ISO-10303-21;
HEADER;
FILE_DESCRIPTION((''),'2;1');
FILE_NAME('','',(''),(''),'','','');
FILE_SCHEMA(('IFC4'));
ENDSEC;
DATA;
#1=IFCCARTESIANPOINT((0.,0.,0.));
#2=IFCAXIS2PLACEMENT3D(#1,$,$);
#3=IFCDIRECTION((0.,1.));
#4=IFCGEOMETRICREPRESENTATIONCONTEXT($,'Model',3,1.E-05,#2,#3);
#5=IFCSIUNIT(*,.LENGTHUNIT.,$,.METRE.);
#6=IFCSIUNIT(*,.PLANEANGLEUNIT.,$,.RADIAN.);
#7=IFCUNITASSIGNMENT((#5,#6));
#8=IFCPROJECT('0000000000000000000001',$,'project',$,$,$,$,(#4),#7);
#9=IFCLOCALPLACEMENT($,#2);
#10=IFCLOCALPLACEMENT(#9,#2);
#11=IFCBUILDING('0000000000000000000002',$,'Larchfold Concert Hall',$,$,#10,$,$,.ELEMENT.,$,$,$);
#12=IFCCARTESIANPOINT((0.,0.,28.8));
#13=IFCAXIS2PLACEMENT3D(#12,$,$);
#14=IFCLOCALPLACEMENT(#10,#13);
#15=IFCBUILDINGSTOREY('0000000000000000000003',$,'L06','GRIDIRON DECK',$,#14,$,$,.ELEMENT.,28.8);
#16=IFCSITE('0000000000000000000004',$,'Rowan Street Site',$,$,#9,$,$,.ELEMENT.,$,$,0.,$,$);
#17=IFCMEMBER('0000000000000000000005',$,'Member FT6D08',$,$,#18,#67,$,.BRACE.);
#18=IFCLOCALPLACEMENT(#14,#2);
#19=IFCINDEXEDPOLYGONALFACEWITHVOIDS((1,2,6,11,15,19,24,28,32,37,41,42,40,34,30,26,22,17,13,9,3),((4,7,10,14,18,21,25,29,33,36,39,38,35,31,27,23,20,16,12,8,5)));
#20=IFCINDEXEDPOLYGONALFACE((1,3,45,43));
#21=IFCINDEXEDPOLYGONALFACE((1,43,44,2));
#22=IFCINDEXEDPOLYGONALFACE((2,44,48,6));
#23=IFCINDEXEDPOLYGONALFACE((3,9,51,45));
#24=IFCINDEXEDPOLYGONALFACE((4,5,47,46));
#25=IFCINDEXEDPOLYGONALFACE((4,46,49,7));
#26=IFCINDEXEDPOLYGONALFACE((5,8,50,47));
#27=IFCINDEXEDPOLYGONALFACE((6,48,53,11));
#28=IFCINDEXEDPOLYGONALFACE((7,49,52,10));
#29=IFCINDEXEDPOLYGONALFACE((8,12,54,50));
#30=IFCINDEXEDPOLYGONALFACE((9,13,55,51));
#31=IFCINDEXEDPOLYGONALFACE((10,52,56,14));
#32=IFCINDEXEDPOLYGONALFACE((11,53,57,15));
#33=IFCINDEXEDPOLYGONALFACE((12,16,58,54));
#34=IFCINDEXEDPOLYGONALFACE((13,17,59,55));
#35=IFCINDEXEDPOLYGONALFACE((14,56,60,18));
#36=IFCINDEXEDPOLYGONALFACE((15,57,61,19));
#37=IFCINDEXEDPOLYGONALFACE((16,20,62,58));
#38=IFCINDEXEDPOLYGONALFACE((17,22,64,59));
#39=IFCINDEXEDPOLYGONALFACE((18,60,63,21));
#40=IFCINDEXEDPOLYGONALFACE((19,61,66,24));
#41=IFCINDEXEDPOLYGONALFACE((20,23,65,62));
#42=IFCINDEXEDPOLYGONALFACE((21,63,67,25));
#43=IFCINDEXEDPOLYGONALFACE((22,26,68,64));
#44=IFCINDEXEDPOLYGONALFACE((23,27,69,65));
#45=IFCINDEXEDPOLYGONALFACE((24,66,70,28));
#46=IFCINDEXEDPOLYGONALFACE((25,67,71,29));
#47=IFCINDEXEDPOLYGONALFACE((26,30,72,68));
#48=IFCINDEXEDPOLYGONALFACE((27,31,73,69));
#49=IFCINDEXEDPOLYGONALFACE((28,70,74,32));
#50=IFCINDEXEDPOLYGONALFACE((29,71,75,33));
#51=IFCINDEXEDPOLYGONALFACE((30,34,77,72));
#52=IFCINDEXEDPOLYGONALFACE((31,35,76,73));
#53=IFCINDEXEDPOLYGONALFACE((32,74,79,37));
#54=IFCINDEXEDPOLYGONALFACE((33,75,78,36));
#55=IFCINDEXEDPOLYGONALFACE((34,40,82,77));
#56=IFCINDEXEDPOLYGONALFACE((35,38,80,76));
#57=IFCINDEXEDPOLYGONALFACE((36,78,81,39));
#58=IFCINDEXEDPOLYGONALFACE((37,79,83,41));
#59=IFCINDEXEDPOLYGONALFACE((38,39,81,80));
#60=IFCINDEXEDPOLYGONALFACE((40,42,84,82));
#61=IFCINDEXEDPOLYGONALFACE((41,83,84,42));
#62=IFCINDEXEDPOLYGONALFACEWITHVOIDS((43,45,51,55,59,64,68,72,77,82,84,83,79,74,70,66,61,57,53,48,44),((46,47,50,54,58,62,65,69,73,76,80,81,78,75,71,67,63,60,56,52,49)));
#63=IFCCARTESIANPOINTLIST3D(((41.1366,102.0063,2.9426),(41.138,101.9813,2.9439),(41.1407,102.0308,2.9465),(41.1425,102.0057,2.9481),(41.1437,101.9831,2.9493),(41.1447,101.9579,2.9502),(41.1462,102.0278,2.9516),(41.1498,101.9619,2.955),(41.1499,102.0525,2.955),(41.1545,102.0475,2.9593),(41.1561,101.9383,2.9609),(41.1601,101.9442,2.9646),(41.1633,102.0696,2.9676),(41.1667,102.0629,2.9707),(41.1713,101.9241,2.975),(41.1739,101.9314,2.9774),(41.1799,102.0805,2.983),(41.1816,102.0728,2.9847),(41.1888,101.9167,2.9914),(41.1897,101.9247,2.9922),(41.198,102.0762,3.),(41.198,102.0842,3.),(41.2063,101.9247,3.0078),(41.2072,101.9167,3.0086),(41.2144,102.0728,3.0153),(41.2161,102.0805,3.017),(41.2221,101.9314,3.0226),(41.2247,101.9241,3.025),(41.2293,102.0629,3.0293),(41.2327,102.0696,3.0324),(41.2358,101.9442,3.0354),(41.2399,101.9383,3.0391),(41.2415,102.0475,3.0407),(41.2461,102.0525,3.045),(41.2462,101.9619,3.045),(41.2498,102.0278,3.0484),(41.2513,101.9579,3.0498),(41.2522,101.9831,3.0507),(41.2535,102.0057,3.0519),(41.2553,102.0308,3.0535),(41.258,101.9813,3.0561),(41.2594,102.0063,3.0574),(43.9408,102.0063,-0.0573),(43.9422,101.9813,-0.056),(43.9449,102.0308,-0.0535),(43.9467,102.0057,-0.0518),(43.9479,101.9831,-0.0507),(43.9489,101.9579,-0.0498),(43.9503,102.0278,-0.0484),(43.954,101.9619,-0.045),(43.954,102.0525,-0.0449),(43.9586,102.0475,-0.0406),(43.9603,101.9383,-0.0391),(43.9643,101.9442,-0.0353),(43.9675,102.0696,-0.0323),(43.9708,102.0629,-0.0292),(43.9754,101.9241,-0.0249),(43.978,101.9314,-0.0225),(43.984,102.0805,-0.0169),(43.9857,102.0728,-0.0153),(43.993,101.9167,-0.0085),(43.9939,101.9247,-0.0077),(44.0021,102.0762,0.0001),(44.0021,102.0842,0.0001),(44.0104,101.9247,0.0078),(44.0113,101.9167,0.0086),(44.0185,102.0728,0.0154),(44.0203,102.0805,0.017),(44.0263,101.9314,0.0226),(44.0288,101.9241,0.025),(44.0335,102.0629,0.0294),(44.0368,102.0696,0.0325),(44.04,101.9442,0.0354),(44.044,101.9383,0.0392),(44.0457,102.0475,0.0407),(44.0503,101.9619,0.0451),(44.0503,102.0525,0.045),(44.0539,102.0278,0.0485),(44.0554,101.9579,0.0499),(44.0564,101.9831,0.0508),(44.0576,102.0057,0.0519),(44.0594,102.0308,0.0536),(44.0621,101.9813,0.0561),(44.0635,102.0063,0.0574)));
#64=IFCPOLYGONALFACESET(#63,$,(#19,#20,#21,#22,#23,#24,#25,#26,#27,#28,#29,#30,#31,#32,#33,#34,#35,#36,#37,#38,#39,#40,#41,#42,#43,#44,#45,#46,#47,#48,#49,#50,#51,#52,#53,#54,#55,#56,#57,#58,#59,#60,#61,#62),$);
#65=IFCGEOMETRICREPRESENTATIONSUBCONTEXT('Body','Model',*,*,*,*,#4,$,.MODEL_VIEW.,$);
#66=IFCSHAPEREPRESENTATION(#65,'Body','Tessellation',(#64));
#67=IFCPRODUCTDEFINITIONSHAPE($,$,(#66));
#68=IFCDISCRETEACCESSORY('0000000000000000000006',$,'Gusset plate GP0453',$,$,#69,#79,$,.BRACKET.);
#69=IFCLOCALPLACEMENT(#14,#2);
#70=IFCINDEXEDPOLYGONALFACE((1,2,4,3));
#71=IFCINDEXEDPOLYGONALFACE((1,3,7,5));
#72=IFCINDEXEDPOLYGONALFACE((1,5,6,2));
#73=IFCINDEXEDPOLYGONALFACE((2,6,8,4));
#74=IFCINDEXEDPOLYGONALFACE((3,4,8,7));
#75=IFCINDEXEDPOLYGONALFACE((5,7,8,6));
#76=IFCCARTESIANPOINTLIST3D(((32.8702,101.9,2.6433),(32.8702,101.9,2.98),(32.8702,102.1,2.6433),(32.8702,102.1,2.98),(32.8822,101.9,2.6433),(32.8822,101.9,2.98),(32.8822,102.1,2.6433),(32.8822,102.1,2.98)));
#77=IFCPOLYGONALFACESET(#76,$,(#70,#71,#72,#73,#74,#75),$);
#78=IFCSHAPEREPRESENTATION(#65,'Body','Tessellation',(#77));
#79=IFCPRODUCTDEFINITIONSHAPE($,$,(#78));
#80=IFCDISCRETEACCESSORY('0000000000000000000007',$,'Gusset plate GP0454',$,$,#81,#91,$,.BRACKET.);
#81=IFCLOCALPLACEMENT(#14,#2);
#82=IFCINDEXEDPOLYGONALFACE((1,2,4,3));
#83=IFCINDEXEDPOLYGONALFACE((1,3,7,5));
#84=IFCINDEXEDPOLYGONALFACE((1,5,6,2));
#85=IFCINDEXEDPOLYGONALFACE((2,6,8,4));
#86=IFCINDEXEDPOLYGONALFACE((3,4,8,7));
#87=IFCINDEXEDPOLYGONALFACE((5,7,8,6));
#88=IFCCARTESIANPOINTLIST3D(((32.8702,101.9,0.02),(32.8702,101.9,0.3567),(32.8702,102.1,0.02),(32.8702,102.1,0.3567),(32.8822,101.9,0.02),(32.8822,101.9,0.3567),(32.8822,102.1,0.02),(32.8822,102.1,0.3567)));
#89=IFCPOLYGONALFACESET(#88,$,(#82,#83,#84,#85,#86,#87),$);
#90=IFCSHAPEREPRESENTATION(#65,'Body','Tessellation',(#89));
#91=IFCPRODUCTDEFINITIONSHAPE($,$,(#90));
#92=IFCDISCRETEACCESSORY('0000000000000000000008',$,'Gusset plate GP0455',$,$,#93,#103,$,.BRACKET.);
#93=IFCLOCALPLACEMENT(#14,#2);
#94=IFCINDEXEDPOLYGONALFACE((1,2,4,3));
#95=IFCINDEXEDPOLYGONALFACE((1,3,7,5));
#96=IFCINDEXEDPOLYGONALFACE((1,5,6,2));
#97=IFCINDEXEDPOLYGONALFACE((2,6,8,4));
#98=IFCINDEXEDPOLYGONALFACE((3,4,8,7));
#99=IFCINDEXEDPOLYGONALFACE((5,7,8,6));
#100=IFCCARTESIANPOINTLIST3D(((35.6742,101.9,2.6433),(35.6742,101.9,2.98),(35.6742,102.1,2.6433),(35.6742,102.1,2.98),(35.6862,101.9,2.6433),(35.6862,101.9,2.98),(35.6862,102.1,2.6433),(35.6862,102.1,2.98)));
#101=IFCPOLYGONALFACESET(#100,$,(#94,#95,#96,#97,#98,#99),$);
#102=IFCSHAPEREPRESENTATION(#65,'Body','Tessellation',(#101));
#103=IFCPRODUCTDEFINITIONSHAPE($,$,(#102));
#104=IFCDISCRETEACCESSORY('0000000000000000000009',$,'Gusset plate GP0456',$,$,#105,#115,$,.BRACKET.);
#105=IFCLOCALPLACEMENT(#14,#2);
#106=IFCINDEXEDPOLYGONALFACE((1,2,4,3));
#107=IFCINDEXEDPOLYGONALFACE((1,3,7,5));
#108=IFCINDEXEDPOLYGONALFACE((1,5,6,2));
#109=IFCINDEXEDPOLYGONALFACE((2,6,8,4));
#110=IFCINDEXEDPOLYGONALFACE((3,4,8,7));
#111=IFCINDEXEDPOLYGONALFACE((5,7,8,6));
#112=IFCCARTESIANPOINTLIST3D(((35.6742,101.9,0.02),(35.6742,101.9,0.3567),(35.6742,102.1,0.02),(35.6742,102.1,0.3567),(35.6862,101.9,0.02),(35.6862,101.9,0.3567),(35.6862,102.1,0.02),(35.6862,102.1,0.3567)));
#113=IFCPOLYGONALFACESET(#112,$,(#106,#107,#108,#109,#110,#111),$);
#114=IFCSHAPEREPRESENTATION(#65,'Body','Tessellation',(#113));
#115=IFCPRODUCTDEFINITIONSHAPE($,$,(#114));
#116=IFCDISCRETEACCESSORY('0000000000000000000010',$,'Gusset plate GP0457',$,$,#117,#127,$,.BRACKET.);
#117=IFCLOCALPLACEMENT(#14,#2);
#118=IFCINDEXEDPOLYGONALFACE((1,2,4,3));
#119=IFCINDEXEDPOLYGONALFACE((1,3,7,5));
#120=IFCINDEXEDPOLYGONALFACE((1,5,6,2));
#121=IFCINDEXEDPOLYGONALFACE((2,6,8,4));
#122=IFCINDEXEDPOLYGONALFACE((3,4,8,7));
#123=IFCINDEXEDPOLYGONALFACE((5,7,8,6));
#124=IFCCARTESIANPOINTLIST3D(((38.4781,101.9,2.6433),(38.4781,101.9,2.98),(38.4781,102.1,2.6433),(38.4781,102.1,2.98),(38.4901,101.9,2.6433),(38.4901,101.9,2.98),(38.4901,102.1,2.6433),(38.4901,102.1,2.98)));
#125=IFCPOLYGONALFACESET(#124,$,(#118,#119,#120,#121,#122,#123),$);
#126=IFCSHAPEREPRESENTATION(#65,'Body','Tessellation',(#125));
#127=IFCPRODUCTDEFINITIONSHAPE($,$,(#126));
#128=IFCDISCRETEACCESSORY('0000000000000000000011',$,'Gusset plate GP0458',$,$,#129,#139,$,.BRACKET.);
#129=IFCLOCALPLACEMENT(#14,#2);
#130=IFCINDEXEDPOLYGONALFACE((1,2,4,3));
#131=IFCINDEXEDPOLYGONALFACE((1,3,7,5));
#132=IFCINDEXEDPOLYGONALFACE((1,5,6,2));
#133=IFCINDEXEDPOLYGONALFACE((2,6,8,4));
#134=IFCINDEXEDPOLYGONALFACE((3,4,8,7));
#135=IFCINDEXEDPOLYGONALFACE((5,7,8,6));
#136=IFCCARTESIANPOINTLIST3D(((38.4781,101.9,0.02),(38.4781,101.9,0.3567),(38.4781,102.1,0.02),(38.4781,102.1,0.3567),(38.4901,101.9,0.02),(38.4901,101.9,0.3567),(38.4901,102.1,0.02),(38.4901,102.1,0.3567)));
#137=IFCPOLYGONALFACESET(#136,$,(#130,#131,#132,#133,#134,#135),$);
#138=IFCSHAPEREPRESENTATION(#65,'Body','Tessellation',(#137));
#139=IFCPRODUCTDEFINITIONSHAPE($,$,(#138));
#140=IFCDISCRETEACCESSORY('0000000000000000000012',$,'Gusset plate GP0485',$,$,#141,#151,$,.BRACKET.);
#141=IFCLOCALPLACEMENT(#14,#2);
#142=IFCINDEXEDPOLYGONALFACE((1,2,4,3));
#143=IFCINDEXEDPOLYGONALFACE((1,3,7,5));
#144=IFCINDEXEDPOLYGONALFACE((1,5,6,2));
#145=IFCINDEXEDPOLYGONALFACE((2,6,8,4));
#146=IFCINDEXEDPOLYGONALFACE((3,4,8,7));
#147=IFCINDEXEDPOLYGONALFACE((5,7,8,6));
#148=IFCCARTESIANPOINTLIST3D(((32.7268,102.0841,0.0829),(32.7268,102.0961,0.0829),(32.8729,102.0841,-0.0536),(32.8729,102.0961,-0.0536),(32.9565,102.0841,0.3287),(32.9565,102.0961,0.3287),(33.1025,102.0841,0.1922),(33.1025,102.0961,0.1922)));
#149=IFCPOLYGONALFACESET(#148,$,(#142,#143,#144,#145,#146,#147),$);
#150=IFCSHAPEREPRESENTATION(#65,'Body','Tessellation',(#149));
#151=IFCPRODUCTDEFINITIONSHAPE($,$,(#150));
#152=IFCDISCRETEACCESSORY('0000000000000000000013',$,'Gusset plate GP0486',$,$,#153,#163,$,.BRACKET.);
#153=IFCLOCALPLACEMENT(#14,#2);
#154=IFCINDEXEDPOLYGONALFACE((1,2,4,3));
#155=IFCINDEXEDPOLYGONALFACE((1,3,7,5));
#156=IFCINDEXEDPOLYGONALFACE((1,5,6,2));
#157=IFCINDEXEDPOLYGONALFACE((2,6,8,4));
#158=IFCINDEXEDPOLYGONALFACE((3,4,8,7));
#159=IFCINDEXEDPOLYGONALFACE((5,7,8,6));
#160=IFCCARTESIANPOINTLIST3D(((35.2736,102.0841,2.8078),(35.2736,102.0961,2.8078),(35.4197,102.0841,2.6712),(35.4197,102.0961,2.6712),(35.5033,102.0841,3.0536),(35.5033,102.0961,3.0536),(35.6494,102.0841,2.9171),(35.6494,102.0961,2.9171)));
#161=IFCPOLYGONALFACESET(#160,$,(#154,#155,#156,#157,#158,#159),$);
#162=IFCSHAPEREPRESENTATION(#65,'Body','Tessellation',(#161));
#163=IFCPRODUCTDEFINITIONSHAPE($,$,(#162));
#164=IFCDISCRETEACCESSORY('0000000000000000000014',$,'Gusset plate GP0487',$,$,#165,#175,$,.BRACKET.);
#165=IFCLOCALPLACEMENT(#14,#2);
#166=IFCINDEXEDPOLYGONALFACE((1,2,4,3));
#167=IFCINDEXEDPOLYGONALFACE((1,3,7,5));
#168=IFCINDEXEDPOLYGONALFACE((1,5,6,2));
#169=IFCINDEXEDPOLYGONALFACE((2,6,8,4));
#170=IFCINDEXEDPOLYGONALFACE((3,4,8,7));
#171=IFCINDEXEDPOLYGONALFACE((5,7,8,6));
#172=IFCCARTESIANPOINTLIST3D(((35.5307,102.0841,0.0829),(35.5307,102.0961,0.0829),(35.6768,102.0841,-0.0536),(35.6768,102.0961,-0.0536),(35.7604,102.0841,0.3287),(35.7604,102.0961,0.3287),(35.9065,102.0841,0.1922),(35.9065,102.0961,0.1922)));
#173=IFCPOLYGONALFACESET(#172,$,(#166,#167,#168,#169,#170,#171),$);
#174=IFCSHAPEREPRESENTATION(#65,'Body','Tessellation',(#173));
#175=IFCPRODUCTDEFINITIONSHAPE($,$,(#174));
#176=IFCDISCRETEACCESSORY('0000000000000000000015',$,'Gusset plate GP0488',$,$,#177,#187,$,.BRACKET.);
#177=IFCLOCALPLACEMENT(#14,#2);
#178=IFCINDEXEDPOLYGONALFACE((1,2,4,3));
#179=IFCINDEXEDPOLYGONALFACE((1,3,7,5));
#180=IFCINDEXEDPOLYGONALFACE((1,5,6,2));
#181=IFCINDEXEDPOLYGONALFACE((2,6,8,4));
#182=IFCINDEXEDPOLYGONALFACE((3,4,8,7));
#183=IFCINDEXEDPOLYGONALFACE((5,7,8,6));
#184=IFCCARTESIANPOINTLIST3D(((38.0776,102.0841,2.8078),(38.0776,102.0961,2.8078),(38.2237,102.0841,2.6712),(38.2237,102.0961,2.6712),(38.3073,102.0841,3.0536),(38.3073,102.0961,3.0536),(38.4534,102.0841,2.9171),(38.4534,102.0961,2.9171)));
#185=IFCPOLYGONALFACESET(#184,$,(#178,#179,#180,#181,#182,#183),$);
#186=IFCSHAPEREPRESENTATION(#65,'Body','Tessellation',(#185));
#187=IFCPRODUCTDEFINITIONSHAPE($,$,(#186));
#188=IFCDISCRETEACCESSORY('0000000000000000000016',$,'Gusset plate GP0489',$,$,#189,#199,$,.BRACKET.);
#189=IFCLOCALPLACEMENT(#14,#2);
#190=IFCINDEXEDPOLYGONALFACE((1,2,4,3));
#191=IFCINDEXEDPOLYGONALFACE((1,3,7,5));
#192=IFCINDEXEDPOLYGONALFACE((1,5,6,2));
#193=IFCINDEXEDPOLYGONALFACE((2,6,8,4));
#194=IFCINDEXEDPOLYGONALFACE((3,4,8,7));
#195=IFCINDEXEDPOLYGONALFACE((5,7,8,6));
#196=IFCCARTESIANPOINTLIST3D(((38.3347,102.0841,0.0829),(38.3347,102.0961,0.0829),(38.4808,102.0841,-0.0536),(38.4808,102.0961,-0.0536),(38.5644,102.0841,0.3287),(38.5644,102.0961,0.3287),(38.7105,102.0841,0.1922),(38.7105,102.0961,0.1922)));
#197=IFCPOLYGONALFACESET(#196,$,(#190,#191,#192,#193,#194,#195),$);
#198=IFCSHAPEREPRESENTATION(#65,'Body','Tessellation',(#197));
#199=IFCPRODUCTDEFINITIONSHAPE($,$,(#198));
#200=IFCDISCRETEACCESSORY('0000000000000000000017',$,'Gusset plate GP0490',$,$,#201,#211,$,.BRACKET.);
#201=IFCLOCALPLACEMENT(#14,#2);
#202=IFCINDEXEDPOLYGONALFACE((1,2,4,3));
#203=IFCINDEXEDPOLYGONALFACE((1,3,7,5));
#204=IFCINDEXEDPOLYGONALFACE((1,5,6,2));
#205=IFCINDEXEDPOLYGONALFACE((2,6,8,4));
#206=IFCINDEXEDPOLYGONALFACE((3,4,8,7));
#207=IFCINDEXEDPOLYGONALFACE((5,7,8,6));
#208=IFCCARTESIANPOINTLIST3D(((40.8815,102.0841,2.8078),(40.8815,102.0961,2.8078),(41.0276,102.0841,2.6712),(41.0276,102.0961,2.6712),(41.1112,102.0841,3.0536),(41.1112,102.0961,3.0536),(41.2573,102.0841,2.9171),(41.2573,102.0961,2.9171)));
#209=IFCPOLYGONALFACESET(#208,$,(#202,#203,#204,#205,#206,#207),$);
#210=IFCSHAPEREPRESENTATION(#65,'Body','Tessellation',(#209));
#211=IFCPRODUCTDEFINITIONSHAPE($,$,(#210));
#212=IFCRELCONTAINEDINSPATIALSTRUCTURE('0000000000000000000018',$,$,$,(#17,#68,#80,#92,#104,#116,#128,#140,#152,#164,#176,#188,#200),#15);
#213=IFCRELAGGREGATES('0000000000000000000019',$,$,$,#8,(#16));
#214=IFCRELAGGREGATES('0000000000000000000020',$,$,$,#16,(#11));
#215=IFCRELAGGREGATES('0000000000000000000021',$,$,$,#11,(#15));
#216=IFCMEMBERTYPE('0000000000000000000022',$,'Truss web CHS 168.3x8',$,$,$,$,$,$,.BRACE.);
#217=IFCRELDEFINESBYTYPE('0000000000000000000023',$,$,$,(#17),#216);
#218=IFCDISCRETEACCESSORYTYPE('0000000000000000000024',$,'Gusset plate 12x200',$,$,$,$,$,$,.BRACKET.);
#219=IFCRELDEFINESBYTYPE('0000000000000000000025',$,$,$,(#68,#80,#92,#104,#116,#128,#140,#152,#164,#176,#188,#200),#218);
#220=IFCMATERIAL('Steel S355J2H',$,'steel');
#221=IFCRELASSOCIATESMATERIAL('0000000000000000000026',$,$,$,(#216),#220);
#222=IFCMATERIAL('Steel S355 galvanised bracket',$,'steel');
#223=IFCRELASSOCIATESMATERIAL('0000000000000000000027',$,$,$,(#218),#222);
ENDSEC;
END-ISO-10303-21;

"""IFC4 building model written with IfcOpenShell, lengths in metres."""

from ifc_helpers import new_model, si_unit, direction, frame, origin, origin_2d, place, context, subcontext, project, spatial, rectangle, hollow_circle, extrude, material, material_profile, profile_set, type_object, element, save


model = new_model("IFC4")

# Units and contexts
model_context = context("Model", 3, precision=1e-05, world=origin(), true_north=direction((0.0, 1.0)))
body_context = subcontext(model_context, "Body", "Model", "MODEL_VIEW")
ifc_project = project(units=[si_unit("LENGTHUNIT", "METRE"), si_unit("PLANEANGLEUNIT", "RADIAN")], contexts=[model_context])

# Site, building, storey
site_placement = place(None, origin())
site = spatial("IfcSite", under=ifc_project, at=site_placement, Name="Rowan Street Site", CompositionType="ELEMENT", RefElevation=0.0)
building_placement = place(site_placement, origin())
building = spatial("IfcBuilding", under=site, at=building_placement, Name="Larchfold Concert Hall", CompositionType="ELEMENT")
storey_placement = place(building_placement, frame((0.0, 0.0, 28.8)))
storey = spatial("IfcBuildingStorey", under=building, at=storey_placement, Name="L06", Description="GRIDIRON DECK", CompositionType="ELEMENT", Elevation=28.8)

# Member
ifc_material_1 = material(Name="Steel S355J2H", Category="steel")
ifc_material_profile_1 = material_profile(ifc_material_1, hollow_circle(Radius=0.0842, WallThickness=0.0081, at=origin_2d()))
ifc_profile_set_1 = profile_set([ifc_material_profile_1], Name="Steel S355J2H")
member_type_1 = type_object("IfcMemberType", Name="Truss web CHS 168.3x8", PredefinedType="BRACE", material=ifc_profile_set_1)
for number, where, z_axis, x_axis, name in (
    (1, (41.198, 102.0, 3.0), (0.682865, 0.0, -0.730545), (0.0, 1.0, 0.0), "Member FT6D08"),
):
    element("IfcMember", number, at=place(storey_placement, frame(where, z_axis=z_axis, x_axis=x_axis)), inside=storey, type_object=member_type_1, Name=name, PredefinedType="BRACE", context=body_context, shape_type="SweptSolid", body=[
        extrude(hollow_circle(Radius=0.0842, WallThickness=0.0081, at=origin_2d()), origin(), (0.0, 0.0, 1.0), 4.1064),
    ])

# Discrete accessories
ifc_material_2 = material(Name="Steel S355 galvanised bracket", Category="steel")
ifc_material_profile_2 = material_profile(ifc_material_2, rectangle(XDim=0.012, YDim=0.2, at=origin_2d()))
ifc_profile_set_2 = profile_set([ifc_material_profile_2], Name="Steel S355 galvanised bracket")
discrete_accessory_type = type_object("IfcDiscreteAccessoryType", Name="Gusset plate 12x200", PredefinedType="BRACKET", material=ifc_profile_set_2)
for number, where, z_axis, x_axis, name in (
    (2, (32.8762, 102.0, 2.98), (0.0, 0.0, -1.0), (1.0, 0.0, 0.0), "Gusset plate GP0453"),
    (3, (32.8762, 102.0, 0.3567), (0.0, 0.0, -1.0), (1.0, 0.0, 0.0), "Gusset plate GP0454"),
    (4, (35.6802, 102.0, 2.98), (0.0, 0.0, -1.0), (1.0, 0.0, 0.0), "Gusset plate GP0455"),
    (5, (35.6802, 102.0, 0.3567), (0.0, 0.0, -1.0), (1.0, 0.0, 0.0), "Gusset plate GP0456"),
    (6, (38.4841, 102.0, 2.98), (0.0, 0.0, -1.0), (1.0, 0.0, 0.0), "Gusset plate GP0457"),
    (7, (38.4841, 102.0, 0.3567), (0.0, 0.0, -1.0), (1.0, 0.0, 0.0), "Gusset plate GP0458"),
):
    element("IfcDiscreteAccessory", number, at=place(storey_placement, frame(where, z_axis=z_axis, x_axis=x_axis)), inside=storey, type_object=discrete_accessory_type, Name=name, PredefinedType="BRACKET", context=body_context, shape_type="SweptSolid", body=[
        extrude(rectangle(XDim=0.012, YDim=0.2, at=origin_2d()), origin(), (0.0, 0.0, 1.0), 0.3367),
    ])
for number, where, z_axis, x_axis, name in (
    (8, (32.7998, 102.0901, 0.0146), (0.682758, 0.0, 0.730645), (0.0, 1.0, 0.0), "Gusset plate GP0485"),
    (9, (35.3467, 102.0901, 2.7395), (0.682758, 0.0, 0.730645), (0.0, 1.0, 0.0), "Gusset plate GP0486"),
    (10, (35.6038, 102.0901, 0.0146), (0.682758, 0.0, 0.730645), (0.0, 1.0, 0.0), "Gusset plate GP0487"),
    (11, (38.1506, 102.0901, 2.7395), (0.682758, 0.0, 0.730645), (0.0, 1.0, 0.0), "Gusset plate GP0488"),
    (12, (38.4077, 102.0901, 0.0146), (0.682758, 0.0, 0.730645), (0.0, 1.0, 0.0), "Gusset plate GP0489"),
    (13, (40.9546, 102.0901, 2.7395), (0.682758, 0.0, 0.730645), (0.0, 1.0, 0.0), "Gusset plate GP0490"),
):
    element("IfcDiscreteAccessory", number, at=place(storey_placement, frame(where, z_axis=z_axis, x_axis=x_axis)), inside=storey, type_object=discrete_accessory_type, Name=name, PredefinedType="BRACKET", context=body_context, shape_type="SweptSolid", body=[
        extrude(rectangle(XDim=0.012, YDim=0.2, at=origin_2d()), origin(), (0.0, 0.0, 1.0), 0.3364),
    ])

save(model, "model.ifc")
